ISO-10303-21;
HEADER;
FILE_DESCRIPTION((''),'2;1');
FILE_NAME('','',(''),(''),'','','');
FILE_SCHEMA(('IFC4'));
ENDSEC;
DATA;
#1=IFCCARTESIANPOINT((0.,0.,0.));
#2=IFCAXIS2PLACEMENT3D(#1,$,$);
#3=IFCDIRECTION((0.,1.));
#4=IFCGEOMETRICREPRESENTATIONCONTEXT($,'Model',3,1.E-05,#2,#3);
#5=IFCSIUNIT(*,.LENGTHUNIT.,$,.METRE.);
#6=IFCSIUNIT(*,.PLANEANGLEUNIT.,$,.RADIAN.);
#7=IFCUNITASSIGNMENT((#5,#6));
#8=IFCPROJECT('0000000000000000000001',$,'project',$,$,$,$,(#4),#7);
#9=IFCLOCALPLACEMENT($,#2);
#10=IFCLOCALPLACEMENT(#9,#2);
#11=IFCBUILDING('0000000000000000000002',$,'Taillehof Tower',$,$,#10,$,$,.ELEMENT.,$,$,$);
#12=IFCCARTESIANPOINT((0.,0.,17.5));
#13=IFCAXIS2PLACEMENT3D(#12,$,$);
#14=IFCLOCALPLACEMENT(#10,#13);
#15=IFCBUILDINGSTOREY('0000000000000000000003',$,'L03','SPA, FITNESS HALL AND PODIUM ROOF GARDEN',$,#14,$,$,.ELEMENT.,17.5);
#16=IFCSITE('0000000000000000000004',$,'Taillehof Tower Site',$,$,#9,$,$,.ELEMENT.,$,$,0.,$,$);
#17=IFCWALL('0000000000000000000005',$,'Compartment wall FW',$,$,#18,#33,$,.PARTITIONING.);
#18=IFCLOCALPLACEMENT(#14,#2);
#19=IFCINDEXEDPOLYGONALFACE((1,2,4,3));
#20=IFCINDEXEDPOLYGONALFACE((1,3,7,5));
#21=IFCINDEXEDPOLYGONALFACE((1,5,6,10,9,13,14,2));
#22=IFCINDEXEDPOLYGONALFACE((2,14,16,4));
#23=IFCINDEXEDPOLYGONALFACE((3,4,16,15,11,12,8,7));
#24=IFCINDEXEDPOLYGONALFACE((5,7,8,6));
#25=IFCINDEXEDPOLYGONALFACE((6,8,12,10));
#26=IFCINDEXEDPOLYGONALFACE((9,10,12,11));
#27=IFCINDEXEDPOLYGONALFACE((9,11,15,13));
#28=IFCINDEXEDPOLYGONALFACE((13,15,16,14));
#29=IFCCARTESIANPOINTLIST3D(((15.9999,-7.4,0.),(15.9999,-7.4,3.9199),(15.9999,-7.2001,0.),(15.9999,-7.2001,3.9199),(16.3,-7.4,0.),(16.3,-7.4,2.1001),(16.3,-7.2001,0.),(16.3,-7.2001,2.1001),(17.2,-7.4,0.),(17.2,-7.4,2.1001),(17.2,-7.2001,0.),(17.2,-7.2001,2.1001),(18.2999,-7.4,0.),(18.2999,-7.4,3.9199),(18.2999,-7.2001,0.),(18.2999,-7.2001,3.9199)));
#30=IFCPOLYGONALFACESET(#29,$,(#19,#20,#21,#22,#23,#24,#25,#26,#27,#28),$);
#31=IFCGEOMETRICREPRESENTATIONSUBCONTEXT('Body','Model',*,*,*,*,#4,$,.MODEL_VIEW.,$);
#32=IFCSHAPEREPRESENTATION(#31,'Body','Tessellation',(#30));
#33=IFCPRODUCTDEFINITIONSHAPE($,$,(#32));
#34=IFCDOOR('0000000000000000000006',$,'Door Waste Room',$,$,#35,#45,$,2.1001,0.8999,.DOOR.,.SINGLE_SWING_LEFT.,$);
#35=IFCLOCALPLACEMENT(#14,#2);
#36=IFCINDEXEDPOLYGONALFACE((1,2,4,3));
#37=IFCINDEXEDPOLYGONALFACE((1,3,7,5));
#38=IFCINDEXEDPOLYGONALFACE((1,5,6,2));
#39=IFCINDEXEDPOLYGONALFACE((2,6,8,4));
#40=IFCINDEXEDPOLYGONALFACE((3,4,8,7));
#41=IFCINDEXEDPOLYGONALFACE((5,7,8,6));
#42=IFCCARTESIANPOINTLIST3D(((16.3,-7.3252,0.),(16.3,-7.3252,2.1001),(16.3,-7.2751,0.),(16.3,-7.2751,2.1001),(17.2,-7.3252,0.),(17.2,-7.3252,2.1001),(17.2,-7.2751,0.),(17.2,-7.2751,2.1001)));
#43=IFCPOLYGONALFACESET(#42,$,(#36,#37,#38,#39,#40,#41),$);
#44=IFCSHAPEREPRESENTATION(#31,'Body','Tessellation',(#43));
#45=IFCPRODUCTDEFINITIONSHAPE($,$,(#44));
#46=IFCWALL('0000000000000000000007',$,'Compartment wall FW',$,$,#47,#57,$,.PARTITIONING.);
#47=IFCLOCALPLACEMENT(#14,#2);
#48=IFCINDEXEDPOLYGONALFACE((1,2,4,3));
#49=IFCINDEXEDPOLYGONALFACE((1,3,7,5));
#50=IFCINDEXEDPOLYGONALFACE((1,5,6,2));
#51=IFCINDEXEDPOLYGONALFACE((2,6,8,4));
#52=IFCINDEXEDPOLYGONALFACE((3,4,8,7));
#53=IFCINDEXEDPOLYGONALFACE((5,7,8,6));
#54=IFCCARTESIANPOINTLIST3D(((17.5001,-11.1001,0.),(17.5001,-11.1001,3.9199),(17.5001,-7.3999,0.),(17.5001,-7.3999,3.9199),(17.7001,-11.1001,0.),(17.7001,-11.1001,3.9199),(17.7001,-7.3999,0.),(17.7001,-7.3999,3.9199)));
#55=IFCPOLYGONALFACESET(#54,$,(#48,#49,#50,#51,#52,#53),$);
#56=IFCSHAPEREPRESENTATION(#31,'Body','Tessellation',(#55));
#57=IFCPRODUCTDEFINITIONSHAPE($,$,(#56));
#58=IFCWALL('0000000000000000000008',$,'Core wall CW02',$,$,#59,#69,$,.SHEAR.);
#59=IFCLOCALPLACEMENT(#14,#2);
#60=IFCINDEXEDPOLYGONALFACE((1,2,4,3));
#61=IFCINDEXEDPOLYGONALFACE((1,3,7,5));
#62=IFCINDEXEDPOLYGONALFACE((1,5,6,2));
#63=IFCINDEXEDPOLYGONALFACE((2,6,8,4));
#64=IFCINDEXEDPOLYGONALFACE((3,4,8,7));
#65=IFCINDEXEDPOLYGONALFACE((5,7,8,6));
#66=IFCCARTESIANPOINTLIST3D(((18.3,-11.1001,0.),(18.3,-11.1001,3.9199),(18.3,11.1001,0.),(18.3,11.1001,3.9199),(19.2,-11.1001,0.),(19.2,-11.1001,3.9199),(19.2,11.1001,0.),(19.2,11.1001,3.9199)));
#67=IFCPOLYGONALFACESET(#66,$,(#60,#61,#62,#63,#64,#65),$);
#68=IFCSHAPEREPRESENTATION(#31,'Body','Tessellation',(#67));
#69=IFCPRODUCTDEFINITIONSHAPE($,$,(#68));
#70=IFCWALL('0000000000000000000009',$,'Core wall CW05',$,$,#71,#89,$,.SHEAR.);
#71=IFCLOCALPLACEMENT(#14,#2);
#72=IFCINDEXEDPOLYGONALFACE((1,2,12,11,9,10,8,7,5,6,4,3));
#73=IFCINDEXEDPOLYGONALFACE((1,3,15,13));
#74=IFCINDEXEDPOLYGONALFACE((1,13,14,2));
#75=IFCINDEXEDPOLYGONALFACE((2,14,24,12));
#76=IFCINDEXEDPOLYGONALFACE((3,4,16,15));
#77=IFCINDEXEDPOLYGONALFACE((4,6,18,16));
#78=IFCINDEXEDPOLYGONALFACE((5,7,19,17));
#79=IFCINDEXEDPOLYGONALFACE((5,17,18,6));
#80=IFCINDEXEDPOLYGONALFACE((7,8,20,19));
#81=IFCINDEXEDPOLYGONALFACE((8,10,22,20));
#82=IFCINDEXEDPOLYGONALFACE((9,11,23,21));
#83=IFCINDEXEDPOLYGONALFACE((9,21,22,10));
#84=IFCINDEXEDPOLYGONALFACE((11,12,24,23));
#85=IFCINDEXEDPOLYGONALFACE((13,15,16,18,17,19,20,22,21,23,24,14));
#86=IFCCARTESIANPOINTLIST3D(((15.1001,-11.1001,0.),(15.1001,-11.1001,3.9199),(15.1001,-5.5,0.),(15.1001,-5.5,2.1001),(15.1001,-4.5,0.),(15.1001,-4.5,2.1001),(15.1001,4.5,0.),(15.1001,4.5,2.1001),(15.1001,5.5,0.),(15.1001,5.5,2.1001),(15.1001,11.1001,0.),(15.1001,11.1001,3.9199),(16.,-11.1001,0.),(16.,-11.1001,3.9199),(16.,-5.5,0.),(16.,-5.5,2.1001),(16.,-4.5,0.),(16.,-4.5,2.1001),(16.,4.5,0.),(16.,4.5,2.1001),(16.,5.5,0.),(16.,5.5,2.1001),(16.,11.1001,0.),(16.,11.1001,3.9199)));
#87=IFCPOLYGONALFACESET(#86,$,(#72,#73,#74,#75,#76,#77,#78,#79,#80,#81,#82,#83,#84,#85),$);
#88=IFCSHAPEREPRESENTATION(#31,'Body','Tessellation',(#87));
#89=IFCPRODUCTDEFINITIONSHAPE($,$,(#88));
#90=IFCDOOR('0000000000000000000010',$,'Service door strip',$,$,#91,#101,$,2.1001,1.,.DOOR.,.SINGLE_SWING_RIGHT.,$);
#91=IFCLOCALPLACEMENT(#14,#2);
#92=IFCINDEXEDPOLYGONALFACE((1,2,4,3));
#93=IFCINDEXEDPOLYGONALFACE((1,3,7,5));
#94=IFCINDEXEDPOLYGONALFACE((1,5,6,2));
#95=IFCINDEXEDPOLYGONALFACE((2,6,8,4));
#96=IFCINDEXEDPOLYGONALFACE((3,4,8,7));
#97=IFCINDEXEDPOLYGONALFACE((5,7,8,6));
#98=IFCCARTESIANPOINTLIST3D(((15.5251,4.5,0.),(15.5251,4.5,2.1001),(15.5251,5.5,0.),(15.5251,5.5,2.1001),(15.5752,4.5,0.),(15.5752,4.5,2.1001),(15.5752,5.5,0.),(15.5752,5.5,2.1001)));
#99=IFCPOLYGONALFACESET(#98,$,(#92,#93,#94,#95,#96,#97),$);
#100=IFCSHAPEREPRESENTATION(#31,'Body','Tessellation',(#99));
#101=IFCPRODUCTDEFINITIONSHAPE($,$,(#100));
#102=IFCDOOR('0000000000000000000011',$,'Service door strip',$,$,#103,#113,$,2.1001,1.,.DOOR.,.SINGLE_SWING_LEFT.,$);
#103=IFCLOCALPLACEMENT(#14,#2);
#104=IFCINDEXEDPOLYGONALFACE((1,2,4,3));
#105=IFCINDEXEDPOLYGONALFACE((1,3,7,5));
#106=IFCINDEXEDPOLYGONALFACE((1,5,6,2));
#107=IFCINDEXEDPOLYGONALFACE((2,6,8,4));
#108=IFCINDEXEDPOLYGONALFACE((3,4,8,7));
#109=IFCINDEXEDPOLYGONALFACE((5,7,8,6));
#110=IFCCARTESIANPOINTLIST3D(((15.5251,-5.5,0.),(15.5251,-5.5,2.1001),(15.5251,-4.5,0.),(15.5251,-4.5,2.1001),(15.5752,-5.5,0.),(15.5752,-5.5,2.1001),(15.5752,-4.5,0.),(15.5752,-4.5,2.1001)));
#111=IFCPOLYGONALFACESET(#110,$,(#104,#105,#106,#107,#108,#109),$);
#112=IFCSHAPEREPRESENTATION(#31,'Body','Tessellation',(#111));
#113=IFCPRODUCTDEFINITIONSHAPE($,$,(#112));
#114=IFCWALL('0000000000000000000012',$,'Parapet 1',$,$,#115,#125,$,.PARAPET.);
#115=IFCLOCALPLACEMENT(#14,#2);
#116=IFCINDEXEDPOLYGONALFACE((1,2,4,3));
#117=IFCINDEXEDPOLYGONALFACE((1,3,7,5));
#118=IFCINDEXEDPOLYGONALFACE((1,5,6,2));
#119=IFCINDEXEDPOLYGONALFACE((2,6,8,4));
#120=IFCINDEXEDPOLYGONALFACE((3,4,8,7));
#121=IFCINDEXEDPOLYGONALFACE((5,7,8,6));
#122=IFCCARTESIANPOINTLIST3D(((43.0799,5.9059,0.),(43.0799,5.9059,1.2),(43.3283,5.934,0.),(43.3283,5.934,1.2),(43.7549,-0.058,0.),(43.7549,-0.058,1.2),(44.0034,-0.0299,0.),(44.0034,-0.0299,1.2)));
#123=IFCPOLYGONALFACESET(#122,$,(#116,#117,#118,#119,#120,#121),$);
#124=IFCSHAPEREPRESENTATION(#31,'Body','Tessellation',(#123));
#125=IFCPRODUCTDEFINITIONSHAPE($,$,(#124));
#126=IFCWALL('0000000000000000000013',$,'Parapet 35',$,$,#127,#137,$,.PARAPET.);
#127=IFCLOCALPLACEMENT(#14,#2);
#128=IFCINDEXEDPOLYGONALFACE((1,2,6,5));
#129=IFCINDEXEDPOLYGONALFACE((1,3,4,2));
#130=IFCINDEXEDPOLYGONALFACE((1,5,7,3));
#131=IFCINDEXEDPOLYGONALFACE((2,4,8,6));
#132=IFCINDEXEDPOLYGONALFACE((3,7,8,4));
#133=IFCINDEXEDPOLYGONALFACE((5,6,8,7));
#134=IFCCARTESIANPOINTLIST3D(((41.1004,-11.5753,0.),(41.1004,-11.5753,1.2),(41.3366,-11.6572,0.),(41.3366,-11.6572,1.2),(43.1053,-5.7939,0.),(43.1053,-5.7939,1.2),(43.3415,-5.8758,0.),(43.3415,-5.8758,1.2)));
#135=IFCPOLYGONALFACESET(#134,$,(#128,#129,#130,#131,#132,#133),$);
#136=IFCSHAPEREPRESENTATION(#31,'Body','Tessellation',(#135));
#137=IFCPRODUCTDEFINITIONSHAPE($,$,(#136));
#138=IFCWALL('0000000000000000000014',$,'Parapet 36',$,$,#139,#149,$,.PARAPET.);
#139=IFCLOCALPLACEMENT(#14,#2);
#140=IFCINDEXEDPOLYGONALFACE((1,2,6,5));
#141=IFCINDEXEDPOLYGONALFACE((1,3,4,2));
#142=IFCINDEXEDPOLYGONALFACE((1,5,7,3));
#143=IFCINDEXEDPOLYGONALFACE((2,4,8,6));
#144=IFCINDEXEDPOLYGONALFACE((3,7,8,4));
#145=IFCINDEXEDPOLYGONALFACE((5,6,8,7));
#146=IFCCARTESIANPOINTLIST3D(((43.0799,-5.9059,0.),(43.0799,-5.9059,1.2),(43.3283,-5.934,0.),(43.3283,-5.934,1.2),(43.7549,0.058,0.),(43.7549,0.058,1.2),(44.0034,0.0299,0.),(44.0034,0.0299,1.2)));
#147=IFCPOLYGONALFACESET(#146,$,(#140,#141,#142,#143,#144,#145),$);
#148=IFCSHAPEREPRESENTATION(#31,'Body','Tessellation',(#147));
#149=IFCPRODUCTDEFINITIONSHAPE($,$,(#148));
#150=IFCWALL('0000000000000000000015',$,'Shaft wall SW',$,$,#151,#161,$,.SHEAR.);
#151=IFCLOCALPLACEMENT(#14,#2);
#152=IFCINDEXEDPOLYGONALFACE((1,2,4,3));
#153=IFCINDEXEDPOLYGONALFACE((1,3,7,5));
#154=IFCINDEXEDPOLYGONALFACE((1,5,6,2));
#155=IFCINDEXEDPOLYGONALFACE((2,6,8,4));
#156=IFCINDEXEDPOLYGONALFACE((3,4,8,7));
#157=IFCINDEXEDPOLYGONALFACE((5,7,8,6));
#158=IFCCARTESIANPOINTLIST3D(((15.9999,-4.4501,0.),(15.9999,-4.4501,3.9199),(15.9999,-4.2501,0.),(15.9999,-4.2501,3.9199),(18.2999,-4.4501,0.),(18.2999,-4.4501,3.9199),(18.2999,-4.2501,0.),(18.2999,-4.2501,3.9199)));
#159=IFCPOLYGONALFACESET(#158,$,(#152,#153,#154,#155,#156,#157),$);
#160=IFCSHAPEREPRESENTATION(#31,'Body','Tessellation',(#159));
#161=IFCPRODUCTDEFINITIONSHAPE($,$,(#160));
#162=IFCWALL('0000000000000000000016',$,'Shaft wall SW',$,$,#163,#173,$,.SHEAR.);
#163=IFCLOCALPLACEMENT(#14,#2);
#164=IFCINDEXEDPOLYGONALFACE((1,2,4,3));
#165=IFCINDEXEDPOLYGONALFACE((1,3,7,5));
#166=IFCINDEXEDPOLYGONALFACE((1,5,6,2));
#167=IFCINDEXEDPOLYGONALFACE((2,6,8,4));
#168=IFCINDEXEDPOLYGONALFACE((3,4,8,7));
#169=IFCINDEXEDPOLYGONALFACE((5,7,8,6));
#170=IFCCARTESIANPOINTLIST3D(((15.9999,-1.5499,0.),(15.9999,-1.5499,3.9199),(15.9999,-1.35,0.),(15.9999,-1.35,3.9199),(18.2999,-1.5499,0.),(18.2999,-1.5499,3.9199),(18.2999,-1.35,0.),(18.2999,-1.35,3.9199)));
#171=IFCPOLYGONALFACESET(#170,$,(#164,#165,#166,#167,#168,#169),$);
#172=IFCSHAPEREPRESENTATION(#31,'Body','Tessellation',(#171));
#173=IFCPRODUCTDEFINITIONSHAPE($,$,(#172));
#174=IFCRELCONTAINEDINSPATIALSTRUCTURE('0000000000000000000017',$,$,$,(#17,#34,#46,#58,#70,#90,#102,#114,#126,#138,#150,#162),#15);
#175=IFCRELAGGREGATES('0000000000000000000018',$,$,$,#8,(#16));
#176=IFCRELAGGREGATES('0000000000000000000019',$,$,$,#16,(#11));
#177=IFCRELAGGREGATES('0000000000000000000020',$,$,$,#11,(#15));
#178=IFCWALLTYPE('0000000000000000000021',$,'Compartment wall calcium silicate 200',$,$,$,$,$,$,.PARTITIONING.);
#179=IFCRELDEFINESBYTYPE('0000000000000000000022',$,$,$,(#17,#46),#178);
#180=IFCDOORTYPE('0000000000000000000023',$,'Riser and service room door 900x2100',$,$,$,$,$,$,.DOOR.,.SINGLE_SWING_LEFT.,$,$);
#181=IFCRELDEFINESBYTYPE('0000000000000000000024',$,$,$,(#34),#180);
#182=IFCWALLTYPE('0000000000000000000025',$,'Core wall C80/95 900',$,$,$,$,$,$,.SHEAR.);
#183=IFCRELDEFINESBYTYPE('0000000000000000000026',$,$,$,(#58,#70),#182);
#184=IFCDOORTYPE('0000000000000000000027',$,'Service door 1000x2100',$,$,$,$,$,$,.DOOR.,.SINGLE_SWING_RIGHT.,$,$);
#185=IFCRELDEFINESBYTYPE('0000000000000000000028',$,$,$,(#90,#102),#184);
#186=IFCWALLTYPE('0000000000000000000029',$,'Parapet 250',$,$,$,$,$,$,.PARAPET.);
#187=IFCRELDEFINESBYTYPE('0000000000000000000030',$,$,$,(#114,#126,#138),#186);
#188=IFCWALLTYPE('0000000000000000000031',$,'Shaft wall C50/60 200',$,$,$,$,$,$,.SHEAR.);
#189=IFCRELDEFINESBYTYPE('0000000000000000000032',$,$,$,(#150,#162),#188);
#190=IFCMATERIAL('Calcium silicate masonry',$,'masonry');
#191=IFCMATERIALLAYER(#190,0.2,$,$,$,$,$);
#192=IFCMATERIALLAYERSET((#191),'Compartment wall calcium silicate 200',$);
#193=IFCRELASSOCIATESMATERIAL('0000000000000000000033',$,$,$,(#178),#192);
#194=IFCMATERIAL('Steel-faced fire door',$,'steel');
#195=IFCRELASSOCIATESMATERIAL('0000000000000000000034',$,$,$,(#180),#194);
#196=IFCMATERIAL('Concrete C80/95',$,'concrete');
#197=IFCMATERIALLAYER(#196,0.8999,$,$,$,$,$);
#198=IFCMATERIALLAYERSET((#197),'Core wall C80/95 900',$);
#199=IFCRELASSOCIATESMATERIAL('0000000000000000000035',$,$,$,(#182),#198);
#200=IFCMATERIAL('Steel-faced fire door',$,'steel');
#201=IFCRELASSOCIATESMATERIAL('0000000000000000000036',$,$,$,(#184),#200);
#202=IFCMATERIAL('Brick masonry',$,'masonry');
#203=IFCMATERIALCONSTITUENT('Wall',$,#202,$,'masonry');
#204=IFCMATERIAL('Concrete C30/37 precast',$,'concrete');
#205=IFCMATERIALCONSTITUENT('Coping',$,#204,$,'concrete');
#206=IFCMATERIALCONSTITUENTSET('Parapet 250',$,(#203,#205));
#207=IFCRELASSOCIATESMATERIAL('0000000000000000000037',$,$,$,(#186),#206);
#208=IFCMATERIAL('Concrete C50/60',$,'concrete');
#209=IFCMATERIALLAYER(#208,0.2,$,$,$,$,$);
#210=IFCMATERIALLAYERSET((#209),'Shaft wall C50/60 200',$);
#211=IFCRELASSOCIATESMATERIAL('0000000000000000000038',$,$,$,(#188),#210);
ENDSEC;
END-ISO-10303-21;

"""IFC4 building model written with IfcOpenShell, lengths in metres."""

from ifc_helpers import new_model, si_unit, direction, frame, frame_2d, origin, place, context, subcontext, project, spatial, rectangle, extrude, material, layer, layer_set, constituent, constituent_set, type_object, element, fill, save


model = new_model("IFC4")

# Units and contexts
model_context = context("Model", 3, precision=1e-05, world=origin(), true_north=direction((0.0, 1.0)))
body_context = subcontext(model_context, "Body", "Model", "MODEL_VIEW")
ifc_project = project(units=[si_unit("LENGTHUNIT", "METRE"), si_unit("PLANEANGLEUNIT", "RADIAN")], contexts=[model_context])

# Site, building, storey
site_placement = place(None, origin())
site = spatial("IfcSite", under=ifc_project, at=site_placement, Name="Taillehof Tower Site", CompositionType="ELEMENT", RefElevation=0.0)
building_placement = place(site_placement, origin())
building = spatial("IfcBuilding", under=site, at=building_placement, Name="Taillehof Tower", CompositionType="ELEMENT")
storey_placement = place(building_placement, frame((0.0, 0.0, 17.5)))
storey = spatial("IfcBuildingStorey", under=building, at=storey_placement, Name="L03", Description="SPA, FITNESS HALL AND PODIUM ROOF GARDEN", CompositionType="ELEMENT", Elevation=17.5)

# Wall, opening, door
ifc_material_1 = material(Name="Calcium silicate masonry", Category="masonry")
ifc_layer_1 = layer(ifc_material_1, 0.2)
ifc_layer_set_1 = layer_set([ifc_layer_1], Name="Compartment wall calcium silicate 200")
wall_type_1 = type_object("IfcWallType", Name="Compartment wall calcium silicate 200", PredefinedType="PARTITIONING", material=ifc_layer_set_1)
wall_1_placement = place(storey_placement, frame((16.0, -7.3, 0.0), z_axis=(0.0, 0.0, 1.0), x_axis=(1.0, 0.0, 0.0)))
wall_1 = element("IfcWall", 1, at=wall_1_placement, inside=storey, type_object=wall_type_1, Name="Compartment wall FW", PredefinedType="PARTITIONING", context=body_context, shape_type="SweptSolid", body=[
    extrude(rectangle(XDim=2.3, YDim=0.2, at=frame_2d((1.1499, 0.0))), origin(), (0.0, 0.0, 1.0), 3.9199),
])
opening_1_placement = place(wall_1_placement, frame((0.3, 0.0, 0.0)))
opening_1 = element("IfcOpeningElement", 2, at=opening_1_placement, cuts=wall_1, PredefinedType="OPENING", context=body_context, shape_type="SweptSolid", body=[
    extrude(rectangle(XDim=0.8999, YDim=2.1001, at=frame_2d((0.45, 1.05))), frame((0.0, 0.1099, 0.0), z_axis=(0.0, -1.0, 0.0), x_axis=(1.0, 0.0, 0.0)), (0.0, 0.0, 1.0), 0.22),
])
ifc_material_2 = material(Name="Steel-faced fire door", Category="steel")
door_type_1 = type_object("IfcDoorType", Name="Riser and service room door 900x2100", OperationType="SINGLE_SWING_LEFT", PredefinedType="DOOR", material=ifc_material_2)
door_1_placement = place(opening_1_placement, origin())
door_1 = element("IfcDoor", 3, at=door_1_placement, inside=storey, type_object=door_type_1, Name="Door Waste Room", OperationType="SINGLE_SWING_LEFT", OverallHeight=2.1001, OverallWidth=0.8999, PredefinedType="DOOR", context=body_context, shape_type="SweptSolid", body=[
    extrude(rectangle(XDim=0.8999, YDim=2.1001, at=frame_2d((0.45, 1.05))), frame((0.0, 0.0249, 0.0), z_axis=(0.0, -1.0, 0.0), x_axis=(1.0, 0.0, 0.0)), (0.0, 0.0, 1.0), 0.05),
])
fill(opening_1, door_1)

# Walls
wall_2_placement = place(storey_placement, frame((17.6001, -11.1001, 0.0), z_axis=(0.0, 0.0, 1.0), x_axis=(0.0, 1.0, 0.0)))
element("IfcWall", 4, at=wall_2_placement, inside=storey, type_object=wall_type_1, Name="Compartment wall FW", PredefinedType="PARTITIONING", context=body_context, shape_type="SweptSolid", body=[
    extrude(rectangle(XDim=3.7002, YDim=0.2, at=frame_2d((1.8501, 0.0))), origin(), (0.0, 0.0, 1.0), 3.9199),
])
ifc_material_3 = material(Name="Concrete C80/95", Category="concrete")
ifc_layer_2 = layer(ifc_material_3, 0.8999)
ifc_layer_set_2 = layer_set([ifc_layer_2], Name="Core wall C80/95 900")
wall_type_2 = type_object("IfcWallType", Name="Core wall C80/95 900", PredefinedType="SHEAR", material=ifc_layer_set_2)
wall_3_placement = place(storey_placement, frame((18.75, -11.1001, 0.0), z_axis=(0.0, 0.0, 1.0), x_axis=(0.0, 1.0, 0.0)))
element("IfcWall", 5, at=wall_3_placement, inside=storey, type_object=wall_type_2, Name="Core wall CW02", PredefinedType="SHEAR", context=body_context, shape_type="SweptSolid", body=[
    extrude(rectangle(XDim=22.2002, YDim=0.8999, at=frame_2d((11.1001, 0.0))), origin(), (0.0, 0.0, 1.0), 3.9199),
])

# Wall, openings, doors
wall_4_placement = place(storey_placement, frame((15.55, -11.1001, 0.0), z_axis=(0.0, 0.0, 1.0), x_axis=(0.0, 1.0, 0.0)))
wall_4 = element("IfcWall", 6, at=wall_4_placement, inside=storey, type_object=wall_type_2, Name="Core wall CW05", PredefinedType="SHEAR", context=body_context, shape_type="SweptSolid", body=[
    extrude(rectangle(XDim=22.2002, YDim=0.8999, at=frame_2d((11.1001, 0.0))), origin(), (0.0, 0.0, 1.0), 3.9199),
])
opening_2_placement = place(wall_4_placement, frame((15.6001, 0.0, 0.0)))
opening_2 = element("IfcOpeningElement", 7, at=opening_2_placement, cuts=wall_4, PredefinedType="OPENING", context=body_context, shape_type="SweptSolid", body=[
    extrude(rectangle(XDim=1.0, YDim=2.1001, at=frame_2d((0.5, 1.05))), frame((0.0, 0.46, 0.0), z_axis=(0.0, -1.0, 0.0), x_axis=(1.0, 0.0, 0.0)), (0.0, 0.0, 1.0), 0.9199),
])
opening_3_placement = place(wall_4_placement, frame((5.6001, 0.0, 0.0)))
opening_3 = element("IfcOpeningElement", 8, at=opening_3_placement, cuts=wall_4, PredefinedType="OPENING", context=body_context, shape_type="SweptSolid", body=[
    extrude(rectangle(XDim=1.0, YDim=2.1001, at=frame_2d((0.5, 1.05))), frame((0.0, 0.46, 0.0), z_axis=(0.0, -1.0, 0.0), x_axis=(1.0, 0.0, 0.0)), (0.0, 0.0, 1.0), 0.9199),
])
ifc_material_4 = material(Name="Steel-faced fire door", Category="steel")
door_type_2 = type_object("IfcDoorType", Name="Service door 1000x2100", OperationType="SINGLE_SWING_RIGHT", PredefinedType="DOOR", material=ifc_material_4)
door_2_placement = place(opening_2_placement, origin())
door_2 = element("IfcDoor", 9, at=door_2_placement, inside=storey, type_object=door_type_2, Name="Service door strip", OperationType="SINGLE_SWING_RIGHT", OverallHeight=2.1001, OverallWidth=1.0, PredefinedType="DOOR", context=body_context, shape_type="SweptSolid", body=[
    extrude(rectangle(XDim=1.0, YDim=2.1001, at=frame_2d((0.5, 1.05))), frame((0.0, 0.0249, 0.0), z_axis=(0.0, -1.0, 0.0), x_axis=(1.0, 0.0, 0.0)), (0.0, 0.0, 1.0), 0.05),
])
fill(opening_2, door_2)
door_3_placement = place(opening_3_placement, origin())
door_3 = element("IfcDoor", 10, at=door_3_placement, inside=storey, type_object=door_type_2, Name="Service door strip", OperationType="SINGLE_SWING_LEFT", OverallHeight=2.1001, OverallWidth=1.0, PredefinedType="DOOR", context=body_context, shape_type="SweptSolid", body=[
    extrude(rectangle(XDim=1.0, YDim=2.1001, at=frame_2d((0.5, 1.05))), frame((0.0, 0.0249, 0.0), z_axis=(0.0, -1.0, 0.0), x_axis=(1.0, 0.0, 0.0)), (0.0, 0.0, 1.0), 0.05),
])
fill(opening_3, door_3)

# Walls
ifc_material_5 = material(Name="Brick masonry", Category="masonry")
ifc_constituent_1 = constituent(ifc_material_5, Name="Wall", Category="masonry")
ifc_material_6 = material(Name="Concrete C30/37 precast", Category="concrete")
ifc_constituent_2 = constituent(ifc_material_6, Name="Coping", Category="concrete")
ifc_constituent_set_1 = constituent_set(constituents=[ifc_constituent_1, ifc_constituent_2], Name="Parapet 250")
wall_type_3 = type_object("IfcWallType", Name="Parapet 250", PredefinedType="PARAPET", material=ifc_constituent_set_1)
wall_5_placement = place(storey_placement, frame((43.8792, -0.0439, 0.0), z_axis=(0.0, 0.0, 1.0), x_axis=(-0.112472, 0.993655, 0.0)))
element("IfcWall", 11, at=wall_5_placement, inside=storey, type_object=wall_type_3, Name="Parapet 1", PredefinedType="PARAPET", context=body_context, shape_type="SweptSolid", body=[
    extrude(rectangle(XDim=6.002, YDim=0.25, at=frame_2d((3.001, 0.0))), origin(), (0.0, 0.0, 1.0), 1.2),
])
wall_6_placement = place(storey_placement, frame((41.2185, -11.6162, 0.0), z_axis=(0.0, 0.0, 1.0), x_axis=(0.327635, 0.944804, 0.0)))
element("IfcWall", 12, at=wall_6_placement, inside=storey, type_object=wall_type_3, Name="Parapet 35", PredefinedType="PARAPET", context=body_context, shape_type="SweptSolid", body=[
    extrude(rectangle(XDim=6.1191, YDim=0.25, at=frame_2d((3.0596, 0.0))), origin(), (0.0, 0.0, 1.0), 1.2),
])
wall_7_placement = place(storey_placement, frame((43.2041, -5.9199, 0.0), z_axis=(0.0, 0.0, 1.0), x_axis=(0.112472, 0.993655, 0.0)))
element("IfcWall", 13, at=wall_7_placement, inside=storey, type_object=wall_type_3, Name="Parapet 36", PredefinedType="PARAPET", context=body_context, shape_type="SweptSolid", body=[
    extrude(rectangle(XDim=6.002, YDim=0.25, at=frame_2d((3.001, 0.0))), origin(), (0.0, 0.0, 1.0), 1.2),
])
ifc_material_7 = material(Name="Concrete C50/60", Category="concrete")
ifc_layer_3 = layer(ifc_material_7, 0.2)
ifc_layer_set_3 = layer_set([ifc_layer_3], Name="Shaft wall C50/60 200")
wall_type_4 = type_object("IfcWallType", Name="Shaft wall C50/60 200", PredefinedType="SHEAR", material=ifc_layer_set_3)
for number, where, z_axis, x_axis, name in (
    (14, (16.0, -4.3501, 0.0), (0.0, 0.0, 1.0), (1.0, 0.0, 0.0), "Shaft wall SW"),
    (15, (16.0, -1.45, 0.0), (0.0, 0.0, 1.0), (1.0, 0.0, 0.0), "Shaft wall SW"),
):
    element("IfcWall", number, at=place(storey_placement, frame(where, z_axis=z_axis, x_axis=x_axis)), inside=storey, type_object=wall_type_4, Name=name, PredefinedType="SHEAR", context=body_context, shape_type="SweptSolid", body=[
        extrude(rectangle(XDim=2.3, YDim=0.2, at=frame_2d((1.1499, 0.0))), origin(), (0.0, 0.0, 1.0), 3.9199),
    ])

save(model, "model.ifc")
